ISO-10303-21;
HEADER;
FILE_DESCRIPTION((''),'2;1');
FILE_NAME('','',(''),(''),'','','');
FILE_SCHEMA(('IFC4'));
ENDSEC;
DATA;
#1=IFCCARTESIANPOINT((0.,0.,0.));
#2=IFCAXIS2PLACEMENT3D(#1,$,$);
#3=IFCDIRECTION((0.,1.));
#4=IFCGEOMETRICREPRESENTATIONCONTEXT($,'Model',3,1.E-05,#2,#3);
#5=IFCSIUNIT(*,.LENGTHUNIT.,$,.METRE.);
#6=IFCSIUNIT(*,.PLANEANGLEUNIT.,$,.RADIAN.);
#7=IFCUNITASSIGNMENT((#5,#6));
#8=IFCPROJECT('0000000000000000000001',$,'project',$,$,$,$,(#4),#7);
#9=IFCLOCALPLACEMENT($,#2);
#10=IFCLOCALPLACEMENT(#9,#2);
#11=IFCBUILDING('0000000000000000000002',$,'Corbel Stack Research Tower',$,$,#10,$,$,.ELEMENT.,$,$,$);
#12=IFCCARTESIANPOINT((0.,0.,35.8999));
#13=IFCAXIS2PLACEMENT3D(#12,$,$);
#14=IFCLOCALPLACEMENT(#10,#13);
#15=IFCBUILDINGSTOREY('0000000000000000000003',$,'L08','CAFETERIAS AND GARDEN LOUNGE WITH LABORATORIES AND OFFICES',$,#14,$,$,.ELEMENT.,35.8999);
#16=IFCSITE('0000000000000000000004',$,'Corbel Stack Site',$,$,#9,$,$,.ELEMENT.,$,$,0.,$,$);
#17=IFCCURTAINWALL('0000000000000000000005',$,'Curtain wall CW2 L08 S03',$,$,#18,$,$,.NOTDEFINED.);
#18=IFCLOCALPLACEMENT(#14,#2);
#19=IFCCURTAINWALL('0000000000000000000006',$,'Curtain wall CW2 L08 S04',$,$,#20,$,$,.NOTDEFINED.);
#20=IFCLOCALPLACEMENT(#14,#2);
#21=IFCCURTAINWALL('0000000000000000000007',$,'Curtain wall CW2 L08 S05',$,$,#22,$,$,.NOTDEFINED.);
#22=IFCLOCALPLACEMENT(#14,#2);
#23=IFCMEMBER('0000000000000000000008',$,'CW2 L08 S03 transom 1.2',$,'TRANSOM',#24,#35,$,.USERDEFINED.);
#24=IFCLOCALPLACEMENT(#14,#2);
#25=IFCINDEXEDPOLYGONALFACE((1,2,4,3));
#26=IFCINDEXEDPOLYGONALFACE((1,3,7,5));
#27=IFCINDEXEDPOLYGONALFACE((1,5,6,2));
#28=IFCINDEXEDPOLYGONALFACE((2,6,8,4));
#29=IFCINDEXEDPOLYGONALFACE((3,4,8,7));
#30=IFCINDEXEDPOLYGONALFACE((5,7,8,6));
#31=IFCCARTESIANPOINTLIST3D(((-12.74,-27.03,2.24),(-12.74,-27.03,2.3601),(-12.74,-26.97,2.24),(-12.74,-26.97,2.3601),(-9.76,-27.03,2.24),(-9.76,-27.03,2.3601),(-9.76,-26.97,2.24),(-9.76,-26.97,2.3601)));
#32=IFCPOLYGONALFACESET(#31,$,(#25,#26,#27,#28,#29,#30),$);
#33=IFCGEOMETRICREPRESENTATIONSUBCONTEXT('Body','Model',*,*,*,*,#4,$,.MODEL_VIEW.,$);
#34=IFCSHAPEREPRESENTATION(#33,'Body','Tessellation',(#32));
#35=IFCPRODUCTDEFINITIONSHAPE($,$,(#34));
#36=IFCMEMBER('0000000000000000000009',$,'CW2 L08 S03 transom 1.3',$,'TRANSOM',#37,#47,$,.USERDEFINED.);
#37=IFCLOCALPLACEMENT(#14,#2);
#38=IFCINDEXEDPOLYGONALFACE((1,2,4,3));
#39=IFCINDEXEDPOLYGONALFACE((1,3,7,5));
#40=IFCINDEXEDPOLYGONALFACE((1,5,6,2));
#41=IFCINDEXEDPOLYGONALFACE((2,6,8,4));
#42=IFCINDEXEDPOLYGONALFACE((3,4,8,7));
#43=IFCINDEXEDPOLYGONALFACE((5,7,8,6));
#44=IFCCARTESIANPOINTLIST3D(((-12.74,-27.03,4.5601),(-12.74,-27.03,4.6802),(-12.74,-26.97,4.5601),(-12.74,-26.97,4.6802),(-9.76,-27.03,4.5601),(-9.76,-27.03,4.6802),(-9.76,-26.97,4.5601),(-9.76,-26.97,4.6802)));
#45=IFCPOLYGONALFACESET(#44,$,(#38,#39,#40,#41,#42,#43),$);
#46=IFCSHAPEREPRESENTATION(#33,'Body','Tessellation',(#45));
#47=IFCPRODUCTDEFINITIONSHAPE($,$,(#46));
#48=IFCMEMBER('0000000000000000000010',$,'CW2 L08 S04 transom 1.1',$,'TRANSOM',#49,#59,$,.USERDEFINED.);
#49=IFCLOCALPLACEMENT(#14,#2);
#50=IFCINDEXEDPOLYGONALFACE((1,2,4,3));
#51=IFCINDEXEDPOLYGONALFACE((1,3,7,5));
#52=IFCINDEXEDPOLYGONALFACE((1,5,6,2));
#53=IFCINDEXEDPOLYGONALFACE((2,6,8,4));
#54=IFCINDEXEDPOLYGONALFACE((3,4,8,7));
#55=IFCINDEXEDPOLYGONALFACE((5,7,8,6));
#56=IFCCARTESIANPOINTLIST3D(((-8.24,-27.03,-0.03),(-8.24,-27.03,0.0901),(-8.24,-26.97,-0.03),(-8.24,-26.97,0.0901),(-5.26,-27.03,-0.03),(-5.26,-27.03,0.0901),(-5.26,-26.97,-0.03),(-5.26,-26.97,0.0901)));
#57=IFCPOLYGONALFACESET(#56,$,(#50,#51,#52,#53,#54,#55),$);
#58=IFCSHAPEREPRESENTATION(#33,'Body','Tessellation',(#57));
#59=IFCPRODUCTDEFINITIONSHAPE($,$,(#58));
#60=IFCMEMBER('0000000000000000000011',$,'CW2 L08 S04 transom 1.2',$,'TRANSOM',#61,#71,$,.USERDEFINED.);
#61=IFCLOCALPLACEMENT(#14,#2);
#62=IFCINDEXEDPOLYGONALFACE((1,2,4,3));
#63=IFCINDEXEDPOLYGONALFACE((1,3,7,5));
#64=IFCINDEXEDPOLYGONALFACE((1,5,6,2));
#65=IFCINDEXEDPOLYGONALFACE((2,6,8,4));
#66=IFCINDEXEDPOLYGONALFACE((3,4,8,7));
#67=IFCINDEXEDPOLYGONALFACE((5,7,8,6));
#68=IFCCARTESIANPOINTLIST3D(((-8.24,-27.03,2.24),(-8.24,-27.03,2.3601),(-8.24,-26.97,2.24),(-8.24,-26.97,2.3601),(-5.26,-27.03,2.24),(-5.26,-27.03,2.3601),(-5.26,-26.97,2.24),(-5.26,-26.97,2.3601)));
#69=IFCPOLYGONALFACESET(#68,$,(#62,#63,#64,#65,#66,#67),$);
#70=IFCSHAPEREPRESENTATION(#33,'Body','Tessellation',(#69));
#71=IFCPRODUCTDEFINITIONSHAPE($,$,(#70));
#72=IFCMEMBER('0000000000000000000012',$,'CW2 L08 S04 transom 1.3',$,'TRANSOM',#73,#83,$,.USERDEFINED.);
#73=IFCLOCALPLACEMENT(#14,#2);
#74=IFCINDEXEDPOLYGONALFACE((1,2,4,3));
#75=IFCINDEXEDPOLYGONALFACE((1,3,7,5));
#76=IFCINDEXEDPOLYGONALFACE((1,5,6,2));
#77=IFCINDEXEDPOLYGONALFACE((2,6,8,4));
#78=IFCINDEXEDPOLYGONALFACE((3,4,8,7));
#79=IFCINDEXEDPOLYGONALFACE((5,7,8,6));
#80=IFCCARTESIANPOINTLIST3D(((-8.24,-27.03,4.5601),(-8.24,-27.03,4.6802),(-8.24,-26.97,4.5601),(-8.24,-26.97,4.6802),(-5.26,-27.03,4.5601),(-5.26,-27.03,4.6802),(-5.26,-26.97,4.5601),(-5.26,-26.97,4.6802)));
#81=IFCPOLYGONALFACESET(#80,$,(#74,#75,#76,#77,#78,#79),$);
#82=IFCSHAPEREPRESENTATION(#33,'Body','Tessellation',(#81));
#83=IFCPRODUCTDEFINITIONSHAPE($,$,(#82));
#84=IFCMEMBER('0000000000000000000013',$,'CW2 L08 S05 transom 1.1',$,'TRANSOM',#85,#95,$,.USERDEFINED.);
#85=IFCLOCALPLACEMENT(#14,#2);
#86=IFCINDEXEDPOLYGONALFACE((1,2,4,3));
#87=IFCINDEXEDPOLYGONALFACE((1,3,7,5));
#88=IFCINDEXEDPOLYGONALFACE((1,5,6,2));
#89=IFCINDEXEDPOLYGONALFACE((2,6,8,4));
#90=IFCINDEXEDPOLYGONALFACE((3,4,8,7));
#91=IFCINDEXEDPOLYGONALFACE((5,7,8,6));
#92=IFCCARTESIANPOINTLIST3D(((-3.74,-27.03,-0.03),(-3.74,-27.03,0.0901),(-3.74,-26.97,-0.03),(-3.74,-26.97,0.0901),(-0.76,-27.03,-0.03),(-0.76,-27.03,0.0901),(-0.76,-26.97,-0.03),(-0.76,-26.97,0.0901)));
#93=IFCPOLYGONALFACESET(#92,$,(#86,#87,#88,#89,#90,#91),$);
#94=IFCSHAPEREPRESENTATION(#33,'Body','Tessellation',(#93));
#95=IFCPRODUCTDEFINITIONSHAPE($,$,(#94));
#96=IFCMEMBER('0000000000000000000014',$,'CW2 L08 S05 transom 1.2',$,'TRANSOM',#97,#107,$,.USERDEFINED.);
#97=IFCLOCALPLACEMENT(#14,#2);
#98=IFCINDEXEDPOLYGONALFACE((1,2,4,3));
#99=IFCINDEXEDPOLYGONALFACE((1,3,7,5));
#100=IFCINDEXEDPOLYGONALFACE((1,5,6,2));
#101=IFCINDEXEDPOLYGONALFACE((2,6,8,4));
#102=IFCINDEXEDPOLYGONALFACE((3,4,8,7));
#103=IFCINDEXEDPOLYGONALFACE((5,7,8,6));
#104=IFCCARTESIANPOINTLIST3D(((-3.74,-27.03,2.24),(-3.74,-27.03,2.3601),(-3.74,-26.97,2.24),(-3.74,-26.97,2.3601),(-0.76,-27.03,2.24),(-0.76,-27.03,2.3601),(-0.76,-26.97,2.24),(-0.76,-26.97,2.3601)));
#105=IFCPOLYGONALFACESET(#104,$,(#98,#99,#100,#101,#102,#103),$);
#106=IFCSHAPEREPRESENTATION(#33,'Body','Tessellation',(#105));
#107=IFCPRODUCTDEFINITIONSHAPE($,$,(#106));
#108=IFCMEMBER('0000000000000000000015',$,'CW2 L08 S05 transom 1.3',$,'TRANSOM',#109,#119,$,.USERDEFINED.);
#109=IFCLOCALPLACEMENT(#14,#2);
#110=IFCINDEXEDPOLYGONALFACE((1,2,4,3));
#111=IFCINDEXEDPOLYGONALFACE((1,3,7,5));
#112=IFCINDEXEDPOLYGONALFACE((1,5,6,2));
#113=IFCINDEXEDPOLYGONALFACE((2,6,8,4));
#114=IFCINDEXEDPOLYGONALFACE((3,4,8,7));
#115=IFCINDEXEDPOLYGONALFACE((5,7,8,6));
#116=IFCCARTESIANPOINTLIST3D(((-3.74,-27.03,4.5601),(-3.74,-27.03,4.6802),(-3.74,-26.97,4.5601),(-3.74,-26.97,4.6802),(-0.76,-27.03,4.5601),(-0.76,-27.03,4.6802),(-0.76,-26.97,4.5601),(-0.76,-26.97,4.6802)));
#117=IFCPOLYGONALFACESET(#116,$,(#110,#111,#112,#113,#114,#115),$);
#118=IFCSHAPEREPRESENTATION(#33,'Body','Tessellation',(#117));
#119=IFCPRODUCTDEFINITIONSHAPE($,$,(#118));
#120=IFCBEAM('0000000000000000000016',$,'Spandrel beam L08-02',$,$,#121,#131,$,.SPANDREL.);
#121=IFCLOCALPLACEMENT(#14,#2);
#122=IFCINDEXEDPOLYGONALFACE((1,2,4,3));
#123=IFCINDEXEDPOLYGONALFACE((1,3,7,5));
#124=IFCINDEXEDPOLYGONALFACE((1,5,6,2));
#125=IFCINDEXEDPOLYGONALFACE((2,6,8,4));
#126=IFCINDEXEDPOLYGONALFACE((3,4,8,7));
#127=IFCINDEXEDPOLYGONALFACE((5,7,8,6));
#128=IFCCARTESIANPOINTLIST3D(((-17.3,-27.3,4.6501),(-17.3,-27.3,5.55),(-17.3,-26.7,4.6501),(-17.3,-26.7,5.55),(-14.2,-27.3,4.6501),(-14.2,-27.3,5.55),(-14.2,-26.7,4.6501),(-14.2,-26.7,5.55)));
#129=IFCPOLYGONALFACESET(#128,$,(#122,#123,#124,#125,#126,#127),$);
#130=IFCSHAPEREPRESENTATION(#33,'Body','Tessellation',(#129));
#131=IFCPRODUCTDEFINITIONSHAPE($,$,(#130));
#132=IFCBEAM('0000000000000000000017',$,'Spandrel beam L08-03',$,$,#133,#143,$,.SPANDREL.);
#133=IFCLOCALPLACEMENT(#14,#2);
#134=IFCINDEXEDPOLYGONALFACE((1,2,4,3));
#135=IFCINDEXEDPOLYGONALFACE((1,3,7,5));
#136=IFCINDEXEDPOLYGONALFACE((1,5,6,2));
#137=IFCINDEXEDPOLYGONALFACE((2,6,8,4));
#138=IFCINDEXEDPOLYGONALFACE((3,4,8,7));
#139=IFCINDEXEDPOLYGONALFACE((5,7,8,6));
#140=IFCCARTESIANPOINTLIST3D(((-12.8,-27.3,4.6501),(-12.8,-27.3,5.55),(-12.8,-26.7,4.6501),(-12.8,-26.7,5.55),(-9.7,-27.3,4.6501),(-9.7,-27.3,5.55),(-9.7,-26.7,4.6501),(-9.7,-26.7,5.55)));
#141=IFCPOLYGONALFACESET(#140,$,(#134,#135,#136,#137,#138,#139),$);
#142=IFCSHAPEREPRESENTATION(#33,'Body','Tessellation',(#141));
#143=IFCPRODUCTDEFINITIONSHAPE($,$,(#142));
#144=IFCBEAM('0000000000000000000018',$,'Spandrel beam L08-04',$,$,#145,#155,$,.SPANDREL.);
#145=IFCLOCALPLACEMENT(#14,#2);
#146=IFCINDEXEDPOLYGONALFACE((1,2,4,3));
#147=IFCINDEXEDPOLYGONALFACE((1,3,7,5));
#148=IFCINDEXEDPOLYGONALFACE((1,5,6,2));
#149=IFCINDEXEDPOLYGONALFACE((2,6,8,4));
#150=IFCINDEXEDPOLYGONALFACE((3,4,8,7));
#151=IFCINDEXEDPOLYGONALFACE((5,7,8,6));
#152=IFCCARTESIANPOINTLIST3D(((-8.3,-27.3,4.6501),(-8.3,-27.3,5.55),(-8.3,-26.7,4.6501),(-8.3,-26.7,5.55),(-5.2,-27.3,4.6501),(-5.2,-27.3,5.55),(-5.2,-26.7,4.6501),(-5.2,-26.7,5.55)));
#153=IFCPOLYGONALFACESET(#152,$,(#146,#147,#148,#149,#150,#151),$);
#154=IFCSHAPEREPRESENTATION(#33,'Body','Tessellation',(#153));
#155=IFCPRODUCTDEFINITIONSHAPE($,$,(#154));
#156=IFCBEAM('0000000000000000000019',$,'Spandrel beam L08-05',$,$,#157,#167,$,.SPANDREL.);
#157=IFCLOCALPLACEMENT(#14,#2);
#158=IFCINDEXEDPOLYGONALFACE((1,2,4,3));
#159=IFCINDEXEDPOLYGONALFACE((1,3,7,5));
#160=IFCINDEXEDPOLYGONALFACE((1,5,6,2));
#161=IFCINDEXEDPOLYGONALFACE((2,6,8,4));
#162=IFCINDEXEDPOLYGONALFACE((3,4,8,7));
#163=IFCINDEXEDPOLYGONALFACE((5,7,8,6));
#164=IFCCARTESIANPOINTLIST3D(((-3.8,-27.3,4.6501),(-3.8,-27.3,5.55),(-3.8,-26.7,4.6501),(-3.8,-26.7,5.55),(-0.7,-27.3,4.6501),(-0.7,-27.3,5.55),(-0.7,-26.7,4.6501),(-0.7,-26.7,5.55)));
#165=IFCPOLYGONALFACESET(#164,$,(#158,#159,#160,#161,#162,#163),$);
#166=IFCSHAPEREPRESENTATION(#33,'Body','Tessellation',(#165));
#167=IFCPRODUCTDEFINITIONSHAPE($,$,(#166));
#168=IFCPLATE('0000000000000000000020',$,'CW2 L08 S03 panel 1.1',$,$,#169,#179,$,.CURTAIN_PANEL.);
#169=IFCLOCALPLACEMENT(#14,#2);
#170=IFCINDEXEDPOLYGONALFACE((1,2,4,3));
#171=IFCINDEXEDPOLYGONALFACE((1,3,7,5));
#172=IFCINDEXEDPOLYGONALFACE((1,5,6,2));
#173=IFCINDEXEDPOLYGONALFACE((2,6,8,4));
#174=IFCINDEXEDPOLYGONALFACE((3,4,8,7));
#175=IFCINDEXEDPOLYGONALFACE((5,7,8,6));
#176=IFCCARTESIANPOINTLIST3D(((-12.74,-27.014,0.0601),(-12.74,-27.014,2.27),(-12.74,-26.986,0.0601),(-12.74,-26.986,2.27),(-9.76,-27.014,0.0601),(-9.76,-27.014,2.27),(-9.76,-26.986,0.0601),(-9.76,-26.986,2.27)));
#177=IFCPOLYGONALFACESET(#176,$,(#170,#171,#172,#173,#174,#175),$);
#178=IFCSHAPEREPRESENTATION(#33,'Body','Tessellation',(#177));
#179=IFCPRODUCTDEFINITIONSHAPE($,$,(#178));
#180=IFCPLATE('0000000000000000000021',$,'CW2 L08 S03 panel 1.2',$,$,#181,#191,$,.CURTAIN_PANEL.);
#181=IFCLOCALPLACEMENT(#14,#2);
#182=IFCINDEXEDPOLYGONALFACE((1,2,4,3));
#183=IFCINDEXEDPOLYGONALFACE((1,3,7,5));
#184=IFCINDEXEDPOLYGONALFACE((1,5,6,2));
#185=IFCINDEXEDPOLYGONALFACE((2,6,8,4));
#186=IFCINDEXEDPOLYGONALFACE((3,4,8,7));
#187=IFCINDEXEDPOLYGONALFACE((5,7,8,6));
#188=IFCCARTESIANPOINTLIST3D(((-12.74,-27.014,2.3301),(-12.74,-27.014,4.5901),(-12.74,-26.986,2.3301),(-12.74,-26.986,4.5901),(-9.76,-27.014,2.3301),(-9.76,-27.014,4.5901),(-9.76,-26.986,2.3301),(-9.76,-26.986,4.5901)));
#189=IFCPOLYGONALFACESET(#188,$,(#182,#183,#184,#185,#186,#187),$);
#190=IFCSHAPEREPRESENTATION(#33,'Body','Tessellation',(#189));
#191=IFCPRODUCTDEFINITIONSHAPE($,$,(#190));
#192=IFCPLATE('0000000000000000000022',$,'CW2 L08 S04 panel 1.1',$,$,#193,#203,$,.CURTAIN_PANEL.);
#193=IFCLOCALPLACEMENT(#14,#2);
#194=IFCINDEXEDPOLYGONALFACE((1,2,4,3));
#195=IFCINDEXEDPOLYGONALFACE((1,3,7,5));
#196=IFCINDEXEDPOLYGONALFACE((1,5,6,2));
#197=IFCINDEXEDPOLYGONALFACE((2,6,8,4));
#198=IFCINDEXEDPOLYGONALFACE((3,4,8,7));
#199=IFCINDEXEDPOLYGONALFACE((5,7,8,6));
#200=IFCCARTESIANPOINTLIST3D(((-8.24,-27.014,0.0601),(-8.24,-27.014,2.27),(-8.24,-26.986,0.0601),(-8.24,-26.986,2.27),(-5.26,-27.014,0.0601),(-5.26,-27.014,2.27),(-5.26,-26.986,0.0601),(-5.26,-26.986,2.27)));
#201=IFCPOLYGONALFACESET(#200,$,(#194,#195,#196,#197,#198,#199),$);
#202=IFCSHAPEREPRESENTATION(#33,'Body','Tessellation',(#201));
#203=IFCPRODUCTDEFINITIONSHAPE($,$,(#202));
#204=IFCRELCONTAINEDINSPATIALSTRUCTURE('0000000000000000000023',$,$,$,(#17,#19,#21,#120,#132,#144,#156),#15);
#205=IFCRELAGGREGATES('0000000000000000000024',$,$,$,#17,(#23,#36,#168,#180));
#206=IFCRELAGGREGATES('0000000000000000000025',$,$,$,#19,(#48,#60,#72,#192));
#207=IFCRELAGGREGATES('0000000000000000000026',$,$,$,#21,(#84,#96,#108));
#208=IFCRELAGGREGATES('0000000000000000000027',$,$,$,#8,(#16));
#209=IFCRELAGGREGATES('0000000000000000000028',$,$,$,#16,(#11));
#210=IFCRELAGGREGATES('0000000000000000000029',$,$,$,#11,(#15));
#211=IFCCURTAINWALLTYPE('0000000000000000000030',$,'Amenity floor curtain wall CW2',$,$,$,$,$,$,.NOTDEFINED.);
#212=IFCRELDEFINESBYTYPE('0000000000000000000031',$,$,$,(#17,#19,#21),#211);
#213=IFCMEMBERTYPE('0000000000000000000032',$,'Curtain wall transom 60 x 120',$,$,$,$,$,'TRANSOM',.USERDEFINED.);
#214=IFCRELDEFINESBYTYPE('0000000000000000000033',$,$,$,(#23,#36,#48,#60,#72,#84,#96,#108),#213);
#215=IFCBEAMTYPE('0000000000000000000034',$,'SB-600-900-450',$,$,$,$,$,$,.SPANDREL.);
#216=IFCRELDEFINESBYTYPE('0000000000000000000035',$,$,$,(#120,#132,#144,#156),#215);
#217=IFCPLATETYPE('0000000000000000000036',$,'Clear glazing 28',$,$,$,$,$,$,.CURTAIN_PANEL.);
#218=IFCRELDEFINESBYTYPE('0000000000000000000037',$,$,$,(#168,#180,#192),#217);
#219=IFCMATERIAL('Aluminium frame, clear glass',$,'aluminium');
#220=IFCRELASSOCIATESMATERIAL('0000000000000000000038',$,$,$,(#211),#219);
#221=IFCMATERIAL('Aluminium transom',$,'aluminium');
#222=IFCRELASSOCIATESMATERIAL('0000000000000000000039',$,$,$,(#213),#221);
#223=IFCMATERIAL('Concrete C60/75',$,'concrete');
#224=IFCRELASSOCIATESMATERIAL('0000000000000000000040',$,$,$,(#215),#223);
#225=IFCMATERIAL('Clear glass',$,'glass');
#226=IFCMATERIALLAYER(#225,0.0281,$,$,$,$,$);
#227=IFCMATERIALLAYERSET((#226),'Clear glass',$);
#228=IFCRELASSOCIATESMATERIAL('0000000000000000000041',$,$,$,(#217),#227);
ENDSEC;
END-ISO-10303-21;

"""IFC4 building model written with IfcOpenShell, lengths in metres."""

from ifc_helpers import new_model, si_unit, direction, frame, origin, origin_2d, place, context, subcontext, project, spatial, rectangle, extrude, material, layer, layer_set, material_profile, profile_set, type_object, element, aggregate, save


model = new_model("IFC4")

# Units and contexts
model_context = context("Model", 3, precision=1e-05, world=origin(), true_north=direction((0.0, 1.0)))
body_context = subcontext(model_context, "Body", "Model", "MODEL_VIEW")
ifc_project = project(units=[si_unit("LENGTHUNIT", "METRE"), si_unit("PLANEANGLEUNIT", "RADIAN")], contexts=[model_context])

# Site, building, storey
site_placement = place(None, origin())
site = spatial("IfcSite", under=ifc_project, at=site_placement, Name="Corbel Stack Site", CompositionType="ELEMENT", RefElevation=0.0)
building_placement = place(site_placement, origin())
building = spatial("IfcBuilding", under=site, at=building_placement, Name="Corbel Stack Research Tower", CompositionType="ELEMENT")
storey_placement = place(building_placement, frame((0.0, 0.0, 35.8999)))
storey = spatial("IfcBuildingStorey", under=building, at=storey_placement, Name="L08", Description="CAFETERIAS AND GARDEN LOUNGE WITH LABORATORIES AND OFFICES", CompositionType="ELEMENT", Elevation=35.8999)

# Curtain walls
ifc_material_1 = material(Name="Aluminium frame, clear glass", Category="aluminium")
curtain_wall_type = type_object("IfcCurtainWallType", Name="Amenity floor curtain wall CW2", PredefinedType="NOTDEFINED", material=ifc_material_1)
curtain_wall_1_placement = place(storey_placement, origin())
curtain_wall_1 = element("IfcCurtainWall", 1, at=curtain_wall_1_placement, inside=storey, type_object=curtain_wall_type, Name="Curtain wall CW2 L08 S03", PredefinedType="NOTDEFINED")
curtain_wall_2_placement = place(storey_placement, origin())
curtain_wall_2 = element("IfcCurtainWall", 2, at=curtain_wall_2_placement, inside=storey, type_object=curtain_wall_type, Name="Curtain wall CW2 L08 S04", PredefinedType="NOTDEFINED")
curtain_wall_3_placement = place(storey_placement, origin())
curtain_wall_3 = element("IfcCurtainWall", 3, at=curtain_wall_3_placement, inside=storey, type_object=curtain_wall_type, Name="Curtain wall CW2 L08 S05", PredefinedType="NOTDEFINED")

# Members
ifc_material_2 = material(Name="Aluminium transom", Category="aluminium")
ifc_material_profile_1 = material_profile(ifc_material_2, rectangle(XDim=0.0601, YDim=0.1201, at=origin_2d()), Name="Transom 60 x 120")
ifc_profile_set_1 = profile_set([ifc_material_profile_1], Name="Aluminium transom")
member_type_1 = type_object("IfcMemberType", Name="Curtain wall transom 60 x 120", ElementType="TRANSOM", PredefinedType="USERDEFINED", material=ifc_profile_set_1)
member_1_placement = place(storey_placement, frame((-12.74, -27.0, 2.3), z_axis=(1.0, 0.0, 0.0), x_axis=(0.0, 1.0, 0.0)))
member_1 = element("IfcMember", 4, at=member_1_placement, type_object=member_type_1, Name="CW2 L08 S03 transom 1.2", ObjectType="TRANSOM", PredefinedType="USERDEFINED", context=body_context, shape_type="SweptSolid", body=[
    extrude(rectangle(XDim=0.0601, YDim=0.1201, at=origin_2d()), origin(), (0.0, 0.0, 1.0), 2.98),
])
member_2_placement = place(storey_placement, frame((-12.74, -27.0, 4.6201), z_axis=(1.0, 0.0, 0.0), x_axis=(0.0, 1.0, 0.0)))
member_2 = element("IfcMember", 5, at=member_2_placement, type_object=member_type_1, Name="CW2 L08 S03 transom 1.3", ObjectType="TRANSOM", PredefinedType="USERDEFINED", context=body_context, shape_type="SweptSolid", body=[
    extrude(rectangle(XDim=0.0601, YDim=0.1201, at=origin_2d()), origin(), (0.0, 0.0, 1.0), 2.98),
])
member_3_placement = place(storey_placement, frame((-8.24, -27.0, 0.03), z_axis=(1.0, 0.0, 0.0), x_axis=(0.0, 1.0, 0.0)))
member_3 = element("IfcMember", 6, at=member_3_placement, type_object=member_type_1, Name="CW2 L08 S04 transom 1.1", ObjectType="TRANSOM", PredefinedType="USERDEFINED", context=body_context, shape_type="SweptSolid", body=[
    extrude(rectangle(XDim=0.0601, YDim=0.1201, at=origin_2d()), origin(), (0.0, 0.0, 1.0), 2.98),
])
member_4_placement = place(storey_placement, frame((-8.24, -27.0, 2.3), z_axis=(1.0, 0.0, 0.0), x_axis=(0.0, 1.0, 0.0)))
member_4 = element("IfcMember", 7, at=member_4_placement, type_object=member_type_1, Name="CW2 L08 S04 transom 1.2", ObjectType="TRANSOM", PredefinedType="USERDEFINED", context=body_context, shape_type="SweptSolid", body=[
    extrude(rectangle(XDim=0.0601, YDim=0.1201, at=origin_2d()), origin(), (0.0, 0.0, 1.0), 2.98),
])
member_5_placement = place(storey_placement, frame((-8.24, -27.0, 4.6201), z_axis=(1.0, 0.0, 0.0), x_axis=(0.0, 1.0, 0.0)))
member_5 = element("IfcMember", 8, at=member_5_placement, type_object=member_type_1, Name="CW2 L08 S04 transom 1.3", ObjectType="TRANSOM", PredefinedType="USERDEFINED", context=body_context, shape_type="SweptSolid", body=[
    extrude(rectangle(XDim=0.0601, YDim=0.1201, at=origin_2d()), origin(), (0.0, 0.0, 1.0), 2.98),
])
member_6_placement = place(storey_placement, frame((-3.74, -27.0, 0.03), z_axis=(1.0, 0.0, 0.0), x_axis=(0.0, 1.0, 0.0)))
member_6 = element("IfcMember", 9, at=member_6_placement, type_object=member_type_1, Name="CW2 L08 S05 transom 1.1", ObjectType="TRANSOM", PredefinedType="USERDEFINED", context=body_context, shape_type="SweptSolid", body=[
    extrude(rectangle(XDim=0.0601, YDim=0.1201, at=origin_2d()), origin(), (0.0, 0.0, 1.0), 2.98),
])
member_7_placement = place(storey_placement, frame((-3.74, -27.0, 2.3), z_axis=(1.0, 0.0, 0.0), x_axis=(0.0, 1.0, 0.0)))
member_7 = element("IfcMember", 10, at=member_7_placement, type_object=member_type_1, Name="CW2 L08 S05 transom 1.2", ObjectType="TRANSOM", PredefinedType="USERDEFINED", context=body_context, shape_type="SweptSolid", body=[
    extrude(rectangle(XDim=0.0601, YDim=0.1201, at=origin_2d()), origin(), (0.0, 0.0, 1.0), 2.98),
])
member_8_placement = place(storey_placement, frame((-3.74, -27.0, 4.6201), z_axis=(1.0, 0.0, 0.0), x_axis=(0.0, 1.0, 0.0)))
member_8 = element("IfcMember", 11, at=member_8_placement, type_object=member_type_1, Name="CW2 L08 S05 transom 1.3", ObjectType="TRANSOM", PredefinedType="USERDEFINED", context=body_context, shape_type="SweptSolid", body=[
    extrude(rectangle(XDim=0.0601, YDim=0.1201, at=origin_2d()), origin(), (0.0, 0.0, 1.0), 2.98),
])

# Beams
ifc_material_3 = material(Name="Concrete C60/75", Category="concrete")
ifc_material_profile_2 = material_profile(ifc_material_3, rectangle(XDim=0.6001, YDim=0.8999, at=origin_2d()), Name="RC 600 x 900")
ifc_profile_set_2 = profile_set([ifc_material_profile_2], Name="Concrete C60/75")
beam_type = type_object("IfcBeamType", Name="SB-600-900-450", PredefinedType="SPANDREL", material=ifc_profile_set_2)
for number, where, z_axis, x_axis, name in (
    (12, (-17.3, -27.0, 5.1001), (1.0, 0.0, 0.0), (0.0, 1.0, 0.0), "Spandrel beam L08-02"),
    (13, (-12.8, -27.0, 5.1001), (1.0, 0.0, 0.0), (0.0, 1.0, 0.0), "Spandrel beam L08-03"),
    (14, (-8.3, -27.0, 5.1001), (1.0, 0.0, 0.0), (0.0, 1.0, 0.0), "Spandrel beam L08-04"),
    (15, (-3.8, -27.0, 5.1001), (1.0, 0.0, 0.0), (0.0, 1.0, 0.0), "Spandrel beam L08-05"),
):
    element("IfcBeam", number, at=place(storey_placement, frame(where, z_axis=z_axis, x_axis=x_axis)), inside=storey, type_object=beam_type, Name=name, PredefinedType="SPANDREL", context=body_context, shape_type="SweptSolid", body=[
        extrude(rectangle(XDim=0.6001, YDim=0.8999, at=origin_2d()), origin(), (0.0, 0.0, 1.0), 3.1001),
    ])

# Plates
ifc_material_4 = material(Name="Clear glass", Category="glass")
ifc_layer_1 = layer(ifc_material_4, 0.0281)
ifc_layer_set_1 = layer_set([ifc_layer_1], Name="Clear glass")
plate_type = type_object("IfcPlateType", Name="Clear glazing 28", PredefinedType="CURTAIN_PANEL", material=ifc_layer_set_1)
plate_1_placement = place(storey_placement, frame((-11.25, -27.0, 0.0601), z_axis=(0.0, 0.0, 1.0), x_axis=(1.0, 0.0, 0.0)))
plate_1 = element("IfcPlate", 16, at=plate_1_placement, type_object=plate_type, Name="CW2 L08 S03 panel 1.1", PredefinedType="CURTAIN_PANEL", context=body_context, shape_type="SweptSolid", body=[
    extrude(rectangle(XDim=2.98, YDim=0.0281, at=origin_2d()), origin(), (0.0, 0.0, 1.0), 2.21),
])
plate_2_placement = place(storey_placement, frame((-11.25, -27.0, 2.3301), z_axis=(0.0, 0.0, 1.0), x_axis=(1.0, 0.0, 0.0)))
plate_2 = element("IfcPlate", 17, at=plate_2_placement, type_object=plate_type, Name="CW2 L08 S03 panel 1.2", PredefinedType="CURTAIN_PANEL", context=body_context, shape_type="SweptSolid", body=[
    extrude(rectangle(XDim=2.98, YDim=0.0281, at=origin_2d()), origin(), (0.0, 0.0, 1.0), 2.26),
])
aggregate(curtain_wall_1, [member_1, member_2, plate_1, plate_2])
plate_3_placement = place(storey_placement, frame((-6.75, -27.0, 0.0601), z_axis=(0.0, 0.0, 1.0), x_axis=(1.0, 0.0, 0.0)))
plate_3 = element("IfcPlate", 18, at=plate_3_placement, type_object=plate_type, Name="CW2 L08 S04 panel 1.1", PredefinedType="CURTAIN_PANEL", context=body_context, shape_type="SweptSolid", body=[
    extrude(rectangle(XDim=2.98, YDim=0.0281, at=origin_2d()), origin(), (0.0, 0.0, 1.0), 2.21),
])
aggregate(curtain_wall_2, [member_3, member_4, member_5, plate_3])
aggregate(curtain_wall_3, [member_6, member_7, member_8])

save(model, "model.ifc")
